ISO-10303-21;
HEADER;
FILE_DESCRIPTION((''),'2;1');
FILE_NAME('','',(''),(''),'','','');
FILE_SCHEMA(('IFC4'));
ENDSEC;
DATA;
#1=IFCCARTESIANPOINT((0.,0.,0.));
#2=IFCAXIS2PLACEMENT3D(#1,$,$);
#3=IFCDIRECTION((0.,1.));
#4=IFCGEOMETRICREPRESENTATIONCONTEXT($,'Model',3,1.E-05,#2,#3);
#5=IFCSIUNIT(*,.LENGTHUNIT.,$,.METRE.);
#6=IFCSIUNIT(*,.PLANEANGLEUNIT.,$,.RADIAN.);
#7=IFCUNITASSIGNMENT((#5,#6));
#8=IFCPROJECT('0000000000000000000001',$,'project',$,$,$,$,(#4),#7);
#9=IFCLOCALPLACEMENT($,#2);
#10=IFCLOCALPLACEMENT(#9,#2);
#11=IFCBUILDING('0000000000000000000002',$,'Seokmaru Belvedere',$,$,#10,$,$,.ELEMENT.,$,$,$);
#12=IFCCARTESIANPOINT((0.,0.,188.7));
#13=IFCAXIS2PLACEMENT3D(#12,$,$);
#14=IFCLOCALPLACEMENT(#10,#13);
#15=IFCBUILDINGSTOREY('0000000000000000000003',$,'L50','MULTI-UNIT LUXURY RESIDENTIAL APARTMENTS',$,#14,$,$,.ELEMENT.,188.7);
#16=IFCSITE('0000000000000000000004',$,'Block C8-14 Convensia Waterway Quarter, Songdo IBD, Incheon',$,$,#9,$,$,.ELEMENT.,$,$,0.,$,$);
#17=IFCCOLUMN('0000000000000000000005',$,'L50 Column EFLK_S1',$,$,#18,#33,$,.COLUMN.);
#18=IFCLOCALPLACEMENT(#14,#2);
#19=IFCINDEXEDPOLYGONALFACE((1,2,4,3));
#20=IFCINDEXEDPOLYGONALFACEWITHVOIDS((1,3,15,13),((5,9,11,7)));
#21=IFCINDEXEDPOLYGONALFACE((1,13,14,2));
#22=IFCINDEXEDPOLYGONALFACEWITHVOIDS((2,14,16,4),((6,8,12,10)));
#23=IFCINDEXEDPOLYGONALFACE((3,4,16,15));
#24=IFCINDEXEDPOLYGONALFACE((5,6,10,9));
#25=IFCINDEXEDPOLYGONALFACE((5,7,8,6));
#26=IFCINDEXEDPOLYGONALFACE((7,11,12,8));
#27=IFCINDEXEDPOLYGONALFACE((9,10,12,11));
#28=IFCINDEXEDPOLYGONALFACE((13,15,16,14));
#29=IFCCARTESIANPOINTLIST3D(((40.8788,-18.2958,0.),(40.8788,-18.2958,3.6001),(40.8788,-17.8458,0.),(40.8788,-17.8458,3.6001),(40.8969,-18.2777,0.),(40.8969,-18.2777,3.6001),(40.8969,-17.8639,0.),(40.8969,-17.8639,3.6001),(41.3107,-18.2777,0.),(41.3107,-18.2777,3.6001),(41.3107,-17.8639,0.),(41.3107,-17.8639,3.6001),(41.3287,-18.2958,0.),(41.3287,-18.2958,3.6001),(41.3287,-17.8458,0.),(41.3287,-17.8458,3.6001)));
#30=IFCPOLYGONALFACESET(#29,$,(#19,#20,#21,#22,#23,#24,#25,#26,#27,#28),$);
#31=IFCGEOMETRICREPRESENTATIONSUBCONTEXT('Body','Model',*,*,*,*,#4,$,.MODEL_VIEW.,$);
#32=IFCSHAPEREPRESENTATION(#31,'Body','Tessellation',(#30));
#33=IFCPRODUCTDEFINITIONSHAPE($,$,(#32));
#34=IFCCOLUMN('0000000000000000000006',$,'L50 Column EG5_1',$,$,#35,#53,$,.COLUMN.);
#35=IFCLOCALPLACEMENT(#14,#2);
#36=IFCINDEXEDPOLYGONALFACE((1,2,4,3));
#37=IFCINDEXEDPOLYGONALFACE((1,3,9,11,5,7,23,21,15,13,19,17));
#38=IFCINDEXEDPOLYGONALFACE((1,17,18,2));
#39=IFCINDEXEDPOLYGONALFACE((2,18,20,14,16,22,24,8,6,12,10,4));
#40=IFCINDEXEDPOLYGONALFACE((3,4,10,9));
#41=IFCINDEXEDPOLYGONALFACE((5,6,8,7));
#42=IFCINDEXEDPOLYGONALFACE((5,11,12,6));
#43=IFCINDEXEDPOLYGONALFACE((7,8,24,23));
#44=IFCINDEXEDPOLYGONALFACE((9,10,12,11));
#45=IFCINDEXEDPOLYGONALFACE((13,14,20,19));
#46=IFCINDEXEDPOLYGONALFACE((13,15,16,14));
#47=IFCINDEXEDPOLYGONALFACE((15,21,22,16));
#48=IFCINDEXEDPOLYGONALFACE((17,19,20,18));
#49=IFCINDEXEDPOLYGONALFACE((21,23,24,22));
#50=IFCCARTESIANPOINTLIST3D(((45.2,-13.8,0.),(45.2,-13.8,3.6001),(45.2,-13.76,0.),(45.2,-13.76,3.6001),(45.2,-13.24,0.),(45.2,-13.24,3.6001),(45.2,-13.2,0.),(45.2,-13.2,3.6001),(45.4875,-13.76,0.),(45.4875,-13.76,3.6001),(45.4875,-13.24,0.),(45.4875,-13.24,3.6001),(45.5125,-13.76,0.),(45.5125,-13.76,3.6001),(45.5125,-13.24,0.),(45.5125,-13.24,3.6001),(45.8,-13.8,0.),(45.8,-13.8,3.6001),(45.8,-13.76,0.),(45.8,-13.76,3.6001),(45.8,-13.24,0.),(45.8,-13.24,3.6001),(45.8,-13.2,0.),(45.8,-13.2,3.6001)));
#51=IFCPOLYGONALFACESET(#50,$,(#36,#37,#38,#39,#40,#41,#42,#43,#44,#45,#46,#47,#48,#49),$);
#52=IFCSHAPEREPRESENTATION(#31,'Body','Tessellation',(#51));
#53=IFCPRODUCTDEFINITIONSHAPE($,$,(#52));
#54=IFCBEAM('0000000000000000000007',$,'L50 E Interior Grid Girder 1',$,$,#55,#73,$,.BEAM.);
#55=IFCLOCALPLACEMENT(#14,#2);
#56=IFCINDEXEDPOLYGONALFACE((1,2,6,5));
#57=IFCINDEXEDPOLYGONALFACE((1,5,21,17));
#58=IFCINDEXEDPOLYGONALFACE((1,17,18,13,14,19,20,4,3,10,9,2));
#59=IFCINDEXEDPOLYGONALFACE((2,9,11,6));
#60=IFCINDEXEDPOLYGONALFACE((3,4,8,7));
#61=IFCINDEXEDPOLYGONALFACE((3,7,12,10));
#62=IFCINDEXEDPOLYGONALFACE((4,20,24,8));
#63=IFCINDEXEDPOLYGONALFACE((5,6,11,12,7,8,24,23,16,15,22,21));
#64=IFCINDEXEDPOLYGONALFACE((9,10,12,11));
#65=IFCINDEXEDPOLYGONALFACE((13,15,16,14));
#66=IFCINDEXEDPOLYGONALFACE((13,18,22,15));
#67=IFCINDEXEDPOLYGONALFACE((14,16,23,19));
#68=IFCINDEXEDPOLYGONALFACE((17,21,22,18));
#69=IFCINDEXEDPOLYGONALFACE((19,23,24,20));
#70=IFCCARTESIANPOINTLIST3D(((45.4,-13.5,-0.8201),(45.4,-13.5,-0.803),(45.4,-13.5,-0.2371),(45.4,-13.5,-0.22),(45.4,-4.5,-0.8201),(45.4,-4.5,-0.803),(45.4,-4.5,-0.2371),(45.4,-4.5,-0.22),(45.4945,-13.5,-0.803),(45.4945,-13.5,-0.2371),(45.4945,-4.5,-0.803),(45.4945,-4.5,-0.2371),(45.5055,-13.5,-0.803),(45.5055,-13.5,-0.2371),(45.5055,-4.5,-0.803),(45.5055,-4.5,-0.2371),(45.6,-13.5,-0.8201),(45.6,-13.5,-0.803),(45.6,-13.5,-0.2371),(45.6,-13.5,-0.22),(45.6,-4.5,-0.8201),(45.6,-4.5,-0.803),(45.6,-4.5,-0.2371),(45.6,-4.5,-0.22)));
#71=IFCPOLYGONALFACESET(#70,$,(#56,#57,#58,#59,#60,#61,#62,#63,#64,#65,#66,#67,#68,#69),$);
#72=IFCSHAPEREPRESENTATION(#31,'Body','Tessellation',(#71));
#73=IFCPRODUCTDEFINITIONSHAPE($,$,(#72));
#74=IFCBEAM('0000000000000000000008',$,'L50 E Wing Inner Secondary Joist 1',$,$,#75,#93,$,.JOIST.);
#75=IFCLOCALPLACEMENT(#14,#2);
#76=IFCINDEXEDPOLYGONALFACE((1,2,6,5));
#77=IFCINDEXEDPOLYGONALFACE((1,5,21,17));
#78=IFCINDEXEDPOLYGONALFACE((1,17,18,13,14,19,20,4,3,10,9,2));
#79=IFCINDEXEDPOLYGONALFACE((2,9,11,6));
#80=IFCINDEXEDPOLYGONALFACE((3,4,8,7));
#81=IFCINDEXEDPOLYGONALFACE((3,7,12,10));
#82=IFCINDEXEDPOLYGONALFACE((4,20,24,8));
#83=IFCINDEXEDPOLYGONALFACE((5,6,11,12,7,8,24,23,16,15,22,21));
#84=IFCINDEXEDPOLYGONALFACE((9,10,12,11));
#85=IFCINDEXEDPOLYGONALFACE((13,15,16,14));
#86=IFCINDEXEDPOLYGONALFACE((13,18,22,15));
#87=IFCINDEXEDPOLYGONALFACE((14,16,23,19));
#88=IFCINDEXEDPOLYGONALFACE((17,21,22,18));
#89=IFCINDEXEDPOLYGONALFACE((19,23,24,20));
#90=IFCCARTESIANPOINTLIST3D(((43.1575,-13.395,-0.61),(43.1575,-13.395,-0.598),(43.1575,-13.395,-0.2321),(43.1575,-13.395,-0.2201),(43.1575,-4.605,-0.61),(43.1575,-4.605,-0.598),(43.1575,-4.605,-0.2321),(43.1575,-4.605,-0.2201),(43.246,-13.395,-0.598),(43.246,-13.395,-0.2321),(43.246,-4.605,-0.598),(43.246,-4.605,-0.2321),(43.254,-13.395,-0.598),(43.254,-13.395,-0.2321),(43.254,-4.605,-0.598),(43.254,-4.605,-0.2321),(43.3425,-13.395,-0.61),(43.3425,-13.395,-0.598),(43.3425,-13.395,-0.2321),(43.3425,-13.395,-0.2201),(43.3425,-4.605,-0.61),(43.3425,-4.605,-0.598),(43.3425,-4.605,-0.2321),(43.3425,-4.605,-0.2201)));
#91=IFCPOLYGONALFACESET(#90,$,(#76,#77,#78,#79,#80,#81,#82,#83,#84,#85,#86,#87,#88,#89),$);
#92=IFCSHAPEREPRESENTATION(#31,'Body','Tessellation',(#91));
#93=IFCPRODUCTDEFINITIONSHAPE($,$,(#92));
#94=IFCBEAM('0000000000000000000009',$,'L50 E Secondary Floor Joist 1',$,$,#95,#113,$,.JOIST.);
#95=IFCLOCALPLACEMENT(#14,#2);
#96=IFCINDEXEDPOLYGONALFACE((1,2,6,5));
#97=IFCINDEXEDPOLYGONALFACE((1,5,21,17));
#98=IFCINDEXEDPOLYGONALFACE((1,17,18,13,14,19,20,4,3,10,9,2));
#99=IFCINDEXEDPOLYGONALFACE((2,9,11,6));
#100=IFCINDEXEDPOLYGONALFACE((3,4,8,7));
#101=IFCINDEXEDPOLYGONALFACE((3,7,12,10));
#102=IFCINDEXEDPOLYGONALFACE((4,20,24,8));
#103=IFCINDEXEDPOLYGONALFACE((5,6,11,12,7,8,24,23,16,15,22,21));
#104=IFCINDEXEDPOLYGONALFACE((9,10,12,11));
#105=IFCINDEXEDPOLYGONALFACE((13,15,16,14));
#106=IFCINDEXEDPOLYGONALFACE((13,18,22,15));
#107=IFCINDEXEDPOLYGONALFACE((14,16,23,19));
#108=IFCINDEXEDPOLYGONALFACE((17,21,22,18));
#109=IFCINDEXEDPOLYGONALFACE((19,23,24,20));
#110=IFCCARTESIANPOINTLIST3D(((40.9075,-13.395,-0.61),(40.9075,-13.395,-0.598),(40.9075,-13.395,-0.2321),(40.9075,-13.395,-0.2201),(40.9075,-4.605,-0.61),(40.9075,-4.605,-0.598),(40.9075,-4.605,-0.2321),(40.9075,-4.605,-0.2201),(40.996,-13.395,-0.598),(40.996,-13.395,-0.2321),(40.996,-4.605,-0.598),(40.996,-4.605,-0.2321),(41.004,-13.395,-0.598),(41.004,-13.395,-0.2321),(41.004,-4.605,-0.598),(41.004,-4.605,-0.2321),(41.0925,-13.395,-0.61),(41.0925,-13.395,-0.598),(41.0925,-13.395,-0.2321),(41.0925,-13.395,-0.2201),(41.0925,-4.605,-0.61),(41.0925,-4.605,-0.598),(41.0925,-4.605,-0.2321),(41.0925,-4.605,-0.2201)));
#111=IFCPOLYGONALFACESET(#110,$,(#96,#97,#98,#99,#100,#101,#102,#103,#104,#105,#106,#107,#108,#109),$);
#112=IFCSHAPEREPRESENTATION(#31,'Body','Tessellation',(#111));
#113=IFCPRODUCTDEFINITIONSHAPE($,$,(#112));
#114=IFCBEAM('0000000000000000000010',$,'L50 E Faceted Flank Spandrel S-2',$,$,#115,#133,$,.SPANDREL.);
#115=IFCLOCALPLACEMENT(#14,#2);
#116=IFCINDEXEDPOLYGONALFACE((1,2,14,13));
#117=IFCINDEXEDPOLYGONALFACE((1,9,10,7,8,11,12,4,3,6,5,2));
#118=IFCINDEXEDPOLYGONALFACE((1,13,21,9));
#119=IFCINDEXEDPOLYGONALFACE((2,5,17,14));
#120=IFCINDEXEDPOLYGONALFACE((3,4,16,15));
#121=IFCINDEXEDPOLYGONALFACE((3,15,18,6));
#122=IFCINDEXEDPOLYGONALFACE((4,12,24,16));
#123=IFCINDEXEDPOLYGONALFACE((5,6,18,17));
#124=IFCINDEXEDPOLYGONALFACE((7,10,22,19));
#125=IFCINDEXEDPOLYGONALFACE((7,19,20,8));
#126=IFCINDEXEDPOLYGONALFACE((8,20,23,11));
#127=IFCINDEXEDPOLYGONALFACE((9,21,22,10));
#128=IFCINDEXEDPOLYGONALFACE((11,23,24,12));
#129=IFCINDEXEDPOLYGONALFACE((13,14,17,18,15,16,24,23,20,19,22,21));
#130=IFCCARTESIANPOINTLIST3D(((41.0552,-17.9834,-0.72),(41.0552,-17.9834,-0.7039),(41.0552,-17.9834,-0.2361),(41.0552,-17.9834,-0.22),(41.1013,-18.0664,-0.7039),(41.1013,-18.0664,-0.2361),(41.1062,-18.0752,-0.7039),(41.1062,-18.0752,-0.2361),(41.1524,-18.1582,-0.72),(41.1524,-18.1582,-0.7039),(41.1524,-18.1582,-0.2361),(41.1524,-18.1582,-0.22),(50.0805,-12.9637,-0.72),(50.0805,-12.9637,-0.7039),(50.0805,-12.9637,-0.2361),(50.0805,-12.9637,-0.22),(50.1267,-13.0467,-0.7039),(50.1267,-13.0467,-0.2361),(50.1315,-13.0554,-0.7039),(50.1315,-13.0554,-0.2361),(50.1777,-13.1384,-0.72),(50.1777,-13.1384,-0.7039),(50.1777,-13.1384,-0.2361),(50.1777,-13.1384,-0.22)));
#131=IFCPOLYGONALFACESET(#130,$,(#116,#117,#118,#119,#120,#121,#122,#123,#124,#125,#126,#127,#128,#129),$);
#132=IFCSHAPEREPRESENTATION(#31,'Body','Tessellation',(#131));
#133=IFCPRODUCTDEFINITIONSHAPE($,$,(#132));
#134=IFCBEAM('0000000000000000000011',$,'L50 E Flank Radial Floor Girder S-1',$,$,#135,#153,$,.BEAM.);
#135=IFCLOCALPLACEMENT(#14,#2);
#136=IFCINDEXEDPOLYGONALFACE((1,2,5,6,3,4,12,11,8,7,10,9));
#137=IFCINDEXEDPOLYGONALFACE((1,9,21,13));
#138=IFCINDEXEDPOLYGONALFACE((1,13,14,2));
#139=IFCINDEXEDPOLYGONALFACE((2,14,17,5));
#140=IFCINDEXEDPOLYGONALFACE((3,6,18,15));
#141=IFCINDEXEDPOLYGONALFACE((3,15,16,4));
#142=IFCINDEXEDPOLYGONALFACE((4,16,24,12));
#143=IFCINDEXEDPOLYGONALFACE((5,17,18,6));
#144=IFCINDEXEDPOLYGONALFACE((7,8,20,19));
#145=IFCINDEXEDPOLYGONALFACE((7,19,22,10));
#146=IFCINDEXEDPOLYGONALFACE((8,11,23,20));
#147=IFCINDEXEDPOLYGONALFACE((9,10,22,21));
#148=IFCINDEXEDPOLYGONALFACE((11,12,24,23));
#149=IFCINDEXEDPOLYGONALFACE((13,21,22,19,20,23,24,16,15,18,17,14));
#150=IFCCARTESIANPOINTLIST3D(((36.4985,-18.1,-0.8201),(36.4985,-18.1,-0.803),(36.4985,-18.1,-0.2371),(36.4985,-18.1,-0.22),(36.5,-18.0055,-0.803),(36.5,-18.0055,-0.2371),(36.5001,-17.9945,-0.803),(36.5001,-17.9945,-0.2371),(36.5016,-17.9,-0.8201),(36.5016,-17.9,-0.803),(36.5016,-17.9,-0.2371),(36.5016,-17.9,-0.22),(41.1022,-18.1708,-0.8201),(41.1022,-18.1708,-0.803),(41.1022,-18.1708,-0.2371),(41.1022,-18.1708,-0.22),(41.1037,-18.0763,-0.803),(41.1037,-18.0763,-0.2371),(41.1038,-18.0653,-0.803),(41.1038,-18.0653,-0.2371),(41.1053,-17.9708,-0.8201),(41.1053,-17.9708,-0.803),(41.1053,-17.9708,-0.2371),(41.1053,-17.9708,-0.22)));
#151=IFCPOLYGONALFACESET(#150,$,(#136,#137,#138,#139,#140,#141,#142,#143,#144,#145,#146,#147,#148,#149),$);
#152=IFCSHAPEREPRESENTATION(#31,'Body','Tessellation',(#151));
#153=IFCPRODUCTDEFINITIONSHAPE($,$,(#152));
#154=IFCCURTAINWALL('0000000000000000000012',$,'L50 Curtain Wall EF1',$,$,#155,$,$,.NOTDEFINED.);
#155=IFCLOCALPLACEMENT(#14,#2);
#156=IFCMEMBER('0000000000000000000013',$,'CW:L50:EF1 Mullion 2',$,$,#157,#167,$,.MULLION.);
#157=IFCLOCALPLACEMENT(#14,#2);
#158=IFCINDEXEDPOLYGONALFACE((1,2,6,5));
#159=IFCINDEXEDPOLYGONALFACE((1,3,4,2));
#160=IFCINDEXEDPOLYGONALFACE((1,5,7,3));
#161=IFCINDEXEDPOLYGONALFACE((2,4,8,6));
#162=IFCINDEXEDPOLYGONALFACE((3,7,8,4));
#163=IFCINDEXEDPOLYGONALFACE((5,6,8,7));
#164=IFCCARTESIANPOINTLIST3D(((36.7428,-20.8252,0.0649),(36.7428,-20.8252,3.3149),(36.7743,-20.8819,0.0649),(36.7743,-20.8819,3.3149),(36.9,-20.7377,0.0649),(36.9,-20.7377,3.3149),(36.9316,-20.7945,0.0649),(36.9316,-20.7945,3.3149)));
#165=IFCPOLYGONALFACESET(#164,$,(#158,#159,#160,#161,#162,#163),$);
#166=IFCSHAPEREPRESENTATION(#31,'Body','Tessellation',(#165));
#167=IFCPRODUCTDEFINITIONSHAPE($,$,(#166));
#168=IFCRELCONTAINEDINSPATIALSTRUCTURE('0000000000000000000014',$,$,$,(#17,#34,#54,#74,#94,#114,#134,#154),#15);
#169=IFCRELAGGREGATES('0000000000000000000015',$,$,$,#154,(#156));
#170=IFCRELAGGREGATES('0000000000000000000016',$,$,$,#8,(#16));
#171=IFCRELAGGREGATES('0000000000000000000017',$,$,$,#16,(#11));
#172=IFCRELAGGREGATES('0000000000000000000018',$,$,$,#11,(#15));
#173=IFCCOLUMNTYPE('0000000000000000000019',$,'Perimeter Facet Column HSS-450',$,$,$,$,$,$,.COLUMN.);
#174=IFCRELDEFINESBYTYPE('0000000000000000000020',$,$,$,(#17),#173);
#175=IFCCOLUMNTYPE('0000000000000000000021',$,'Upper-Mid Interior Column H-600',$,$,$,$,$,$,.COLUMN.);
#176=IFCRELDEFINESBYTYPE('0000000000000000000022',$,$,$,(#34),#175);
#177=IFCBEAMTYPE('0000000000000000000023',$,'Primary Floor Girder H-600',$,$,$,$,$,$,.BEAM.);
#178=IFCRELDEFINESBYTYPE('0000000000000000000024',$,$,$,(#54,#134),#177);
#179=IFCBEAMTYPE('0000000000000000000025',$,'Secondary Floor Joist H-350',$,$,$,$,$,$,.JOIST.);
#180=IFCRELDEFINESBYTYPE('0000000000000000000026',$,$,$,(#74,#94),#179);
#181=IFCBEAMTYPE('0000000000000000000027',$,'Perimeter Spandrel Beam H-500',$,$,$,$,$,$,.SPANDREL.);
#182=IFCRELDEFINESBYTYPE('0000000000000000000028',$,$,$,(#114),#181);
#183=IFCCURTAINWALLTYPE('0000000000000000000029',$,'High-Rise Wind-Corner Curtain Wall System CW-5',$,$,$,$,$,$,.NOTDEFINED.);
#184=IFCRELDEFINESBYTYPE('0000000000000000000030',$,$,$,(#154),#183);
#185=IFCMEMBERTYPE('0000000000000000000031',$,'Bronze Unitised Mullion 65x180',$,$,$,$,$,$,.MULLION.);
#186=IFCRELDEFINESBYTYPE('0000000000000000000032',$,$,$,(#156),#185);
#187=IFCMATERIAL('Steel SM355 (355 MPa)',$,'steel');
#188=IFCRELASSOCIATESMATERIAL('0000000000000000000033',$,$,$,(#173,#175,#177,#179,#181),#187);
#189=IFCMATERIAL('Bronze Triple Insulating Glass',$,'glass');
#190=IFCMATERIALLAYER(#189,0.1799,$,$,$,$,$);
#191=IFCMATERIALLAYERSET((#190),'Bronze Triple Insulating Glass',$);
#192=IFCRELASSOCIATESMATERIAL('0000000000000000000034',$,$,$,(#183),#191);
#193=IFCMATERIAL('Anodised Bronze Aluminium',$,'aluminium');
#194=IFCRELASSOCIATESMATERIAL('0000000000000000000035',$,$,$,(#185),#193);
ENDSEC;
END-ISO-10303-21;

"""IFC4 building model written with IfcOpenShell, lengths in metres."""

from ifc_helpers import new_model, si_unit, direction, frame, origin, origin_2d, place, context, subcontext, project, spatial, rectangle, hollow_rectangle, i_section, extrude, source, transform, mapped, material, layer, layer_set, material_profile, profile_set, type_object, type_shapes, element, aggregate, save


model = new_model("IFC4")

# Units and contexts
model_context = context("Model", 3, precision=1e-05, world=origin(), true_north=direction((0.0, 1.0)))
body_context = subcontext(model_context, "Body", "Model", "MODEL_VIEW")
ifc_project = project(units=[si_unit("LENGTHUNIT", "METRE"), si_unit("PLANEANGLEUNIT", "RADIAN")], contexts=[model_context])

# Site, building, storey
site_placement = place(None, origin())
site = spatial("IfcSite", under=ifc_project, at=site_placement, Name="Block C8-14 Convensia Waterway Quarter, Songdo IBD, Incheon", CompositionType="ELEMENT", RefElevation=0.0)
building_placement = place(site_placement, origin())
building = spatial("IfcBuilding", under=site, at=building_placement, Name="Seokmaru Belvedere", CompositionType="ELEMENT")
storey_placement = place(building_placement, frame((0.0, 0.0, 188.7)))
storey = spatial("IfcBuildingStorey", under=building, at=storey_placement, Name="L50", Description="MULTI-UNIT LUXURY RESIDENTIAL APARTMENTS", CompositionType="ELEMENT", Elevation=188.7)

# Columns
ifc_material_1 = material(Name="Steel SM355 (355 MPa)", Category="steel")
ifc_material_profile_1 = material_profile(ifc_material_1, hollow_rectangle(XDim=0.45, YDim=0.45, WallThickness=0.0181, at=origin_2d()), Name="HSS-450x450x18")
ifc_profile_set_1 = profile_set([ifc_material_profile_1], Name="Steel SM355 (355 MPa)")
column_type_1 = type_object("IfcColumnType", Name="Perimeter Facet Column HSS-450", PredefinedType="COLUMN", material=ifc_profile_set_1)
shared_shape_1 = source(origin(), body_context, "Body", "SweptSolid", [
    extrude(hollow_rectangle(XDim=0.45, YDim=0.45, WallThickness=0.0181, at=origin_2d()), origin(), (0.0, 0.0, 1.0), 3.6001),
])
type_shapes(column_type_1, [shared_shape_1])
column_1_placement = place(storey_placement, frame((41.1038, -18.0708, 0.0), z_axis=(0.0, 0.0, 1.0), x_axis=(1.0, 0.0, 0.0)))
element("IfcColumn", 1, at=column_1_placement, inside=storey, type_object=column_type_1, Name="L50 Column EFLK_S1", PredefinedType="COLUMN", context=body_context, shape_type="MappedRepresentation", body=[
    mapped(shared_shape_1, transform((0.0, 0.0, 0.0), scale=1.0)),
])
ifc_material_profile_2 = material_profile(ifc_material_1, i_section(OverallWidth=0.6001, OverallDepth=0.6001, WebThickness=0.0249, FlangeThickness=0.04, at=origin_2d()), Name="H-600x600x25x40")
ifc_profile_set_2 = profile_set([ifc_material_profile_2], Name="Steel SM355 (355 MPa)")
column_type_2 = type_object("IfcColumnType", Name="Upper-Mid Interior Column H-600", PredefinedType="COLUMN", material=ifc_profile_set_2)
shared_shape_2 = source(origin(), body_context, "Body", "SweptSolid", [
    extrude(i_section(OverallWidth=0.6001, OverallDepth=0.6001, WebThickness=0.0249, FlangeThickness=0.04, at=origin_2d()), origin(), (0.0, 0.0, 1.0), 3.6001),
])
type_shapes(column_type_2, [shared_shape_2])
column_2_placement = place(storey_placement, frame((45.5, -13.5, 0.0), z_axis=(0.0, 0.0, 1.0), x_axis=(1.0, 0.0, 0.0)))
element("IfcColumn", 2, at=column_2_placement, inside=storey, type_object=column_type_2, Name="L50 Column EG5_1", PredefinedType="COLUMN", context=body_context, shape_type="MappedRepresentation", body=[
    mapped(shared_shape_2, transform((0.0, 0.0, 0.0), scale=1.0)),
])

# Beams
ifc_material_profile_3 = material_profile(ifc_material_1, i_section(OverallWidth=0.2, OverallDepth=0.6001, WebThickness=0.011, FlangeThickness=0.0171, at=origin_2d()), Name="H-600x200x11x17")
ifc_profile_set_3 = profile_set([ifc_material_profile_3], Name="Steel SM355 (355 MPa)")
beam_type_1 = type_object("IfcBeamType", Name="Primary Floor Girder H-600", PredefinedType="BEAM", material=ifc_profile_set_3)
shared_shape_3 = source(origin(), body_context, "Body", "SweptSolid", [
    extrude(i_section(OverallWidth=0.2, OverallDepth=0.6001, WebThickness=0.011, FlangeThickness=0.0171, at=origin_2d()), origin(), (0.0, 0.0, 1.0), 9.0),
])
beam_1_placement = place(storey_placement, frame((45.5, -13.5, -0.52), z_axis=(0.0, 1.0, 0.0), x_axis=(-1.0, 0.0, 0.0)))
element("IfcBeam", 3, at=beam_1_placement, inside=storey, type_object=beam_type_1, Name="L50 E Interior Grid Girder 1", PredefinedType="BEAM", context=body_context, shape_type="MappedRepresentation", body=[
    mapped(shared_shape_3, transform((0.0, 0.0, 0.0), scale=1.0)),
])
ifc_material_profile_4 = material_profile(ifc_material_1, i_section(OverallWidth=0.1851, OverallDepth=0.3899, WebThickness=0.0081, FlangeThickness=0.012, at=origin_2d()), Name="H-390x185x8x12")
ifc_profile_set_4 = profile_set([ifc_material_profile_4], Name="Steel SM355 (355 MPa)")
beam_type_2 = type_object("IfcBeamType", Name="Secondary Floor Joist H-350", PredefinedType="JOIST", material=ifc_profile_set_4)
shared_shape_4 = source(origin(), body_context, "Body", "SweptSolid", [
    extrude(i_section(OverallWidth=0.1851, OverallDepth=0.3899, WebThickness=0.0081, FlangeThickness=0.012, at=origin_2d()), origin(), (0.0, 0.0, 1.0), 8.79),
])
type_shapes(beam_type_2, [shared_shape_4])
for number, where, z_axis, x_axis, name in (
    (4, (43.25, -13.395, -0.415), (0.0, 1.0, 0.0), (-1.0, 0.0, 0.0), "L50 E Wing Inner Secondary Joist 1"),
    (5, (41.0, -13.395, -0.415), (0.0, 1.0, 0.0), (-1.0, 0.0, 0.0), "L50 E Secondary Floor Joist 1"),
):
    element("IfcBeam", number, at=place(storey_placement, frame(where, z_axis=z_axis, x_axis=x_axis)), inside=storey, type_object=beam_type_2, Name=name, PredefinedType="JOIST", context=body_context, shape_type="MappedRepresentation", body=[
        mapped(shared_shape_4, transform((0.0, 0.0, 0.0), scale=1.0)),
    ])
ifc_material_profile_5 = material_profile(ifc_material_1, i_section(OverallWidth=0.2, OverallDepth=0.5, WebThickness=0.01, FlangeThickness=0.0161, at=origin_2d()), Name="H-500x200x10x16")
ifc_profile_set_5 = profile_set([ifc_material_profile_5], Name="Steel SM355 (355 MPa)")
beam_type_3 = type_object("IfcBeamType", Name="Perimeter Spandrel Beam H-500", PredefinedType="SPANDREL", material=ifc_profile_set_5)
shared_shape_5 = source(origin(), body_context, "Body", "SweptSolid", [
    extrude(i_section(OverallWidth=0.2, OverallDepth=0.5, WebThickness=0.01, FlangeThickness=0.0161, at=origin_2d()), origin(), (0.0, 0.0, 1.0), 10.3274),
])
type_shapes(beam_type_3, [shared_shape_5])
beam_2_placement = place(storey_placement, frame((41.1038, -18.0708, -0.47), z_axis=(0.873924, 0.486062, 0.0), x_axis=(-0.486062, 0.873924, 0.0)))
element("IfcBeam", 6, at=beam_2_placement, inside=storey, type_object=beam_type_3, Name="L50 E Faceted Flank Spandrel S-2", PredefinedType="SPANDREL", context=body_context, shape_type="MappedRepresentation", body=[
    mapped(shared_shape_5, transform((0.0, 0.0, 0.0), scale=1.0)),
])
shared_shape_6 = source(origin(), body_context, "Body", "SweptSolid", [
    extrude(i_section(OverallWidth=0.2, OverallDepth=0.6001, WebThickness=0.011, FlangeThickness=0.0171, at=origin_2d()), origin(), (0.0, 0.0, 1.0), 4.6042),
])
type_shapes(beam_type_1, [shared_shape_3, shared_shape_6])
beam_3_placement = place(storey_placement, frame((41.1038, -18.0708, -0.52), z_axis=(-0.999882, 0.015377, 0.0), x_axis=(-0.015377, -0.999882, 0.0)))
element("IfcBeam", 7, at=beam_3_placement, inside=storey, type_object=beam_type_1, Name="L50 E Flank Radial Floor Girder S-1", PredefinedType="BEAM", context=body_context, shape_type="MappedRepresentation", body=[
    mapped(shared_shape_6, transform((0.0, 0.0, 0.0), scale=1.0)),
])

# Curtain wall, member
ifc_material_2 = material(Name="Bronze Triple Insulating Glass", Category="glass")
ifc_layer_1 = layer(ifc_material_2, 0.1799)
ifc_layer_set_1 = layer_set([ifc_layer_1], Name="Bronze Triple Insulating Glass")
curtain_wall_type = type_object("IfcCurtainWallType", Name="High-Rise Wind-Corner Curtain Wall System CW-5", PredefinedType="NOTDEFINED", material=ifc_layer_set_1)
curtain_wall_placement = place(storey_placement, origin())
curtain_wall = element("IfcCurtainWall", 8, at=curtain_wall_placement, inside=storey, type_object=curtain_wall_type, Name="L50 Curtain Wall EF1", PredefinedType="NOTDEFINED")
ifc_material_3 = material(Name="Anodised Bronze Aluminium", Category="aluminium")
ifc_material_profile_6 = material_profile(ifc_material_3, rectangle(XDim=0.0649, YDim=0.1799, at=origin_2d()), Name="CW-M-65x180")
ifc_profile_set_6 = profile_set([ifc_material_profile_6], Name="Anodised Bronze Aluminium")
member_type = type_object("IfcMemberType", Name="Bronze Unitised Mullion 65x180", PredefinedType="MULLION", material=ifc_profile_set_6)
shared_shape_7 = source(origin(), body_context, "Body", "SweptSolid", [
    extrude(rectangle(XDim=0.0649, YDim=0.1799, at=origin_2d()), origin(), (0.0, 0.0, 1.0), 3.25),
])
type_shapes(member_type, [shared_shape_7])
member_1_placement = place(storey_placement, frame((36.8372, -20.8098, 0.0649), z_axis=(0.0, 0.0, 1.0), x_axis=(-0.486047, 0.873933, 0.0)))
member_1 = element("IfcMember", 9, at=member_1_placement, type_object=member_type, Name="CW:L50:EF1 Mullion 2", PredefinedType="MULLION", context=body_context, shape_type="MappedRepresentation", body=[
    mapped(shared_shape_7, transform((0.0, 0.0, 0.0), scale=1.0)),
])
aggregate(curtain_wall, [member_1])

save(model, "model.ifc")
